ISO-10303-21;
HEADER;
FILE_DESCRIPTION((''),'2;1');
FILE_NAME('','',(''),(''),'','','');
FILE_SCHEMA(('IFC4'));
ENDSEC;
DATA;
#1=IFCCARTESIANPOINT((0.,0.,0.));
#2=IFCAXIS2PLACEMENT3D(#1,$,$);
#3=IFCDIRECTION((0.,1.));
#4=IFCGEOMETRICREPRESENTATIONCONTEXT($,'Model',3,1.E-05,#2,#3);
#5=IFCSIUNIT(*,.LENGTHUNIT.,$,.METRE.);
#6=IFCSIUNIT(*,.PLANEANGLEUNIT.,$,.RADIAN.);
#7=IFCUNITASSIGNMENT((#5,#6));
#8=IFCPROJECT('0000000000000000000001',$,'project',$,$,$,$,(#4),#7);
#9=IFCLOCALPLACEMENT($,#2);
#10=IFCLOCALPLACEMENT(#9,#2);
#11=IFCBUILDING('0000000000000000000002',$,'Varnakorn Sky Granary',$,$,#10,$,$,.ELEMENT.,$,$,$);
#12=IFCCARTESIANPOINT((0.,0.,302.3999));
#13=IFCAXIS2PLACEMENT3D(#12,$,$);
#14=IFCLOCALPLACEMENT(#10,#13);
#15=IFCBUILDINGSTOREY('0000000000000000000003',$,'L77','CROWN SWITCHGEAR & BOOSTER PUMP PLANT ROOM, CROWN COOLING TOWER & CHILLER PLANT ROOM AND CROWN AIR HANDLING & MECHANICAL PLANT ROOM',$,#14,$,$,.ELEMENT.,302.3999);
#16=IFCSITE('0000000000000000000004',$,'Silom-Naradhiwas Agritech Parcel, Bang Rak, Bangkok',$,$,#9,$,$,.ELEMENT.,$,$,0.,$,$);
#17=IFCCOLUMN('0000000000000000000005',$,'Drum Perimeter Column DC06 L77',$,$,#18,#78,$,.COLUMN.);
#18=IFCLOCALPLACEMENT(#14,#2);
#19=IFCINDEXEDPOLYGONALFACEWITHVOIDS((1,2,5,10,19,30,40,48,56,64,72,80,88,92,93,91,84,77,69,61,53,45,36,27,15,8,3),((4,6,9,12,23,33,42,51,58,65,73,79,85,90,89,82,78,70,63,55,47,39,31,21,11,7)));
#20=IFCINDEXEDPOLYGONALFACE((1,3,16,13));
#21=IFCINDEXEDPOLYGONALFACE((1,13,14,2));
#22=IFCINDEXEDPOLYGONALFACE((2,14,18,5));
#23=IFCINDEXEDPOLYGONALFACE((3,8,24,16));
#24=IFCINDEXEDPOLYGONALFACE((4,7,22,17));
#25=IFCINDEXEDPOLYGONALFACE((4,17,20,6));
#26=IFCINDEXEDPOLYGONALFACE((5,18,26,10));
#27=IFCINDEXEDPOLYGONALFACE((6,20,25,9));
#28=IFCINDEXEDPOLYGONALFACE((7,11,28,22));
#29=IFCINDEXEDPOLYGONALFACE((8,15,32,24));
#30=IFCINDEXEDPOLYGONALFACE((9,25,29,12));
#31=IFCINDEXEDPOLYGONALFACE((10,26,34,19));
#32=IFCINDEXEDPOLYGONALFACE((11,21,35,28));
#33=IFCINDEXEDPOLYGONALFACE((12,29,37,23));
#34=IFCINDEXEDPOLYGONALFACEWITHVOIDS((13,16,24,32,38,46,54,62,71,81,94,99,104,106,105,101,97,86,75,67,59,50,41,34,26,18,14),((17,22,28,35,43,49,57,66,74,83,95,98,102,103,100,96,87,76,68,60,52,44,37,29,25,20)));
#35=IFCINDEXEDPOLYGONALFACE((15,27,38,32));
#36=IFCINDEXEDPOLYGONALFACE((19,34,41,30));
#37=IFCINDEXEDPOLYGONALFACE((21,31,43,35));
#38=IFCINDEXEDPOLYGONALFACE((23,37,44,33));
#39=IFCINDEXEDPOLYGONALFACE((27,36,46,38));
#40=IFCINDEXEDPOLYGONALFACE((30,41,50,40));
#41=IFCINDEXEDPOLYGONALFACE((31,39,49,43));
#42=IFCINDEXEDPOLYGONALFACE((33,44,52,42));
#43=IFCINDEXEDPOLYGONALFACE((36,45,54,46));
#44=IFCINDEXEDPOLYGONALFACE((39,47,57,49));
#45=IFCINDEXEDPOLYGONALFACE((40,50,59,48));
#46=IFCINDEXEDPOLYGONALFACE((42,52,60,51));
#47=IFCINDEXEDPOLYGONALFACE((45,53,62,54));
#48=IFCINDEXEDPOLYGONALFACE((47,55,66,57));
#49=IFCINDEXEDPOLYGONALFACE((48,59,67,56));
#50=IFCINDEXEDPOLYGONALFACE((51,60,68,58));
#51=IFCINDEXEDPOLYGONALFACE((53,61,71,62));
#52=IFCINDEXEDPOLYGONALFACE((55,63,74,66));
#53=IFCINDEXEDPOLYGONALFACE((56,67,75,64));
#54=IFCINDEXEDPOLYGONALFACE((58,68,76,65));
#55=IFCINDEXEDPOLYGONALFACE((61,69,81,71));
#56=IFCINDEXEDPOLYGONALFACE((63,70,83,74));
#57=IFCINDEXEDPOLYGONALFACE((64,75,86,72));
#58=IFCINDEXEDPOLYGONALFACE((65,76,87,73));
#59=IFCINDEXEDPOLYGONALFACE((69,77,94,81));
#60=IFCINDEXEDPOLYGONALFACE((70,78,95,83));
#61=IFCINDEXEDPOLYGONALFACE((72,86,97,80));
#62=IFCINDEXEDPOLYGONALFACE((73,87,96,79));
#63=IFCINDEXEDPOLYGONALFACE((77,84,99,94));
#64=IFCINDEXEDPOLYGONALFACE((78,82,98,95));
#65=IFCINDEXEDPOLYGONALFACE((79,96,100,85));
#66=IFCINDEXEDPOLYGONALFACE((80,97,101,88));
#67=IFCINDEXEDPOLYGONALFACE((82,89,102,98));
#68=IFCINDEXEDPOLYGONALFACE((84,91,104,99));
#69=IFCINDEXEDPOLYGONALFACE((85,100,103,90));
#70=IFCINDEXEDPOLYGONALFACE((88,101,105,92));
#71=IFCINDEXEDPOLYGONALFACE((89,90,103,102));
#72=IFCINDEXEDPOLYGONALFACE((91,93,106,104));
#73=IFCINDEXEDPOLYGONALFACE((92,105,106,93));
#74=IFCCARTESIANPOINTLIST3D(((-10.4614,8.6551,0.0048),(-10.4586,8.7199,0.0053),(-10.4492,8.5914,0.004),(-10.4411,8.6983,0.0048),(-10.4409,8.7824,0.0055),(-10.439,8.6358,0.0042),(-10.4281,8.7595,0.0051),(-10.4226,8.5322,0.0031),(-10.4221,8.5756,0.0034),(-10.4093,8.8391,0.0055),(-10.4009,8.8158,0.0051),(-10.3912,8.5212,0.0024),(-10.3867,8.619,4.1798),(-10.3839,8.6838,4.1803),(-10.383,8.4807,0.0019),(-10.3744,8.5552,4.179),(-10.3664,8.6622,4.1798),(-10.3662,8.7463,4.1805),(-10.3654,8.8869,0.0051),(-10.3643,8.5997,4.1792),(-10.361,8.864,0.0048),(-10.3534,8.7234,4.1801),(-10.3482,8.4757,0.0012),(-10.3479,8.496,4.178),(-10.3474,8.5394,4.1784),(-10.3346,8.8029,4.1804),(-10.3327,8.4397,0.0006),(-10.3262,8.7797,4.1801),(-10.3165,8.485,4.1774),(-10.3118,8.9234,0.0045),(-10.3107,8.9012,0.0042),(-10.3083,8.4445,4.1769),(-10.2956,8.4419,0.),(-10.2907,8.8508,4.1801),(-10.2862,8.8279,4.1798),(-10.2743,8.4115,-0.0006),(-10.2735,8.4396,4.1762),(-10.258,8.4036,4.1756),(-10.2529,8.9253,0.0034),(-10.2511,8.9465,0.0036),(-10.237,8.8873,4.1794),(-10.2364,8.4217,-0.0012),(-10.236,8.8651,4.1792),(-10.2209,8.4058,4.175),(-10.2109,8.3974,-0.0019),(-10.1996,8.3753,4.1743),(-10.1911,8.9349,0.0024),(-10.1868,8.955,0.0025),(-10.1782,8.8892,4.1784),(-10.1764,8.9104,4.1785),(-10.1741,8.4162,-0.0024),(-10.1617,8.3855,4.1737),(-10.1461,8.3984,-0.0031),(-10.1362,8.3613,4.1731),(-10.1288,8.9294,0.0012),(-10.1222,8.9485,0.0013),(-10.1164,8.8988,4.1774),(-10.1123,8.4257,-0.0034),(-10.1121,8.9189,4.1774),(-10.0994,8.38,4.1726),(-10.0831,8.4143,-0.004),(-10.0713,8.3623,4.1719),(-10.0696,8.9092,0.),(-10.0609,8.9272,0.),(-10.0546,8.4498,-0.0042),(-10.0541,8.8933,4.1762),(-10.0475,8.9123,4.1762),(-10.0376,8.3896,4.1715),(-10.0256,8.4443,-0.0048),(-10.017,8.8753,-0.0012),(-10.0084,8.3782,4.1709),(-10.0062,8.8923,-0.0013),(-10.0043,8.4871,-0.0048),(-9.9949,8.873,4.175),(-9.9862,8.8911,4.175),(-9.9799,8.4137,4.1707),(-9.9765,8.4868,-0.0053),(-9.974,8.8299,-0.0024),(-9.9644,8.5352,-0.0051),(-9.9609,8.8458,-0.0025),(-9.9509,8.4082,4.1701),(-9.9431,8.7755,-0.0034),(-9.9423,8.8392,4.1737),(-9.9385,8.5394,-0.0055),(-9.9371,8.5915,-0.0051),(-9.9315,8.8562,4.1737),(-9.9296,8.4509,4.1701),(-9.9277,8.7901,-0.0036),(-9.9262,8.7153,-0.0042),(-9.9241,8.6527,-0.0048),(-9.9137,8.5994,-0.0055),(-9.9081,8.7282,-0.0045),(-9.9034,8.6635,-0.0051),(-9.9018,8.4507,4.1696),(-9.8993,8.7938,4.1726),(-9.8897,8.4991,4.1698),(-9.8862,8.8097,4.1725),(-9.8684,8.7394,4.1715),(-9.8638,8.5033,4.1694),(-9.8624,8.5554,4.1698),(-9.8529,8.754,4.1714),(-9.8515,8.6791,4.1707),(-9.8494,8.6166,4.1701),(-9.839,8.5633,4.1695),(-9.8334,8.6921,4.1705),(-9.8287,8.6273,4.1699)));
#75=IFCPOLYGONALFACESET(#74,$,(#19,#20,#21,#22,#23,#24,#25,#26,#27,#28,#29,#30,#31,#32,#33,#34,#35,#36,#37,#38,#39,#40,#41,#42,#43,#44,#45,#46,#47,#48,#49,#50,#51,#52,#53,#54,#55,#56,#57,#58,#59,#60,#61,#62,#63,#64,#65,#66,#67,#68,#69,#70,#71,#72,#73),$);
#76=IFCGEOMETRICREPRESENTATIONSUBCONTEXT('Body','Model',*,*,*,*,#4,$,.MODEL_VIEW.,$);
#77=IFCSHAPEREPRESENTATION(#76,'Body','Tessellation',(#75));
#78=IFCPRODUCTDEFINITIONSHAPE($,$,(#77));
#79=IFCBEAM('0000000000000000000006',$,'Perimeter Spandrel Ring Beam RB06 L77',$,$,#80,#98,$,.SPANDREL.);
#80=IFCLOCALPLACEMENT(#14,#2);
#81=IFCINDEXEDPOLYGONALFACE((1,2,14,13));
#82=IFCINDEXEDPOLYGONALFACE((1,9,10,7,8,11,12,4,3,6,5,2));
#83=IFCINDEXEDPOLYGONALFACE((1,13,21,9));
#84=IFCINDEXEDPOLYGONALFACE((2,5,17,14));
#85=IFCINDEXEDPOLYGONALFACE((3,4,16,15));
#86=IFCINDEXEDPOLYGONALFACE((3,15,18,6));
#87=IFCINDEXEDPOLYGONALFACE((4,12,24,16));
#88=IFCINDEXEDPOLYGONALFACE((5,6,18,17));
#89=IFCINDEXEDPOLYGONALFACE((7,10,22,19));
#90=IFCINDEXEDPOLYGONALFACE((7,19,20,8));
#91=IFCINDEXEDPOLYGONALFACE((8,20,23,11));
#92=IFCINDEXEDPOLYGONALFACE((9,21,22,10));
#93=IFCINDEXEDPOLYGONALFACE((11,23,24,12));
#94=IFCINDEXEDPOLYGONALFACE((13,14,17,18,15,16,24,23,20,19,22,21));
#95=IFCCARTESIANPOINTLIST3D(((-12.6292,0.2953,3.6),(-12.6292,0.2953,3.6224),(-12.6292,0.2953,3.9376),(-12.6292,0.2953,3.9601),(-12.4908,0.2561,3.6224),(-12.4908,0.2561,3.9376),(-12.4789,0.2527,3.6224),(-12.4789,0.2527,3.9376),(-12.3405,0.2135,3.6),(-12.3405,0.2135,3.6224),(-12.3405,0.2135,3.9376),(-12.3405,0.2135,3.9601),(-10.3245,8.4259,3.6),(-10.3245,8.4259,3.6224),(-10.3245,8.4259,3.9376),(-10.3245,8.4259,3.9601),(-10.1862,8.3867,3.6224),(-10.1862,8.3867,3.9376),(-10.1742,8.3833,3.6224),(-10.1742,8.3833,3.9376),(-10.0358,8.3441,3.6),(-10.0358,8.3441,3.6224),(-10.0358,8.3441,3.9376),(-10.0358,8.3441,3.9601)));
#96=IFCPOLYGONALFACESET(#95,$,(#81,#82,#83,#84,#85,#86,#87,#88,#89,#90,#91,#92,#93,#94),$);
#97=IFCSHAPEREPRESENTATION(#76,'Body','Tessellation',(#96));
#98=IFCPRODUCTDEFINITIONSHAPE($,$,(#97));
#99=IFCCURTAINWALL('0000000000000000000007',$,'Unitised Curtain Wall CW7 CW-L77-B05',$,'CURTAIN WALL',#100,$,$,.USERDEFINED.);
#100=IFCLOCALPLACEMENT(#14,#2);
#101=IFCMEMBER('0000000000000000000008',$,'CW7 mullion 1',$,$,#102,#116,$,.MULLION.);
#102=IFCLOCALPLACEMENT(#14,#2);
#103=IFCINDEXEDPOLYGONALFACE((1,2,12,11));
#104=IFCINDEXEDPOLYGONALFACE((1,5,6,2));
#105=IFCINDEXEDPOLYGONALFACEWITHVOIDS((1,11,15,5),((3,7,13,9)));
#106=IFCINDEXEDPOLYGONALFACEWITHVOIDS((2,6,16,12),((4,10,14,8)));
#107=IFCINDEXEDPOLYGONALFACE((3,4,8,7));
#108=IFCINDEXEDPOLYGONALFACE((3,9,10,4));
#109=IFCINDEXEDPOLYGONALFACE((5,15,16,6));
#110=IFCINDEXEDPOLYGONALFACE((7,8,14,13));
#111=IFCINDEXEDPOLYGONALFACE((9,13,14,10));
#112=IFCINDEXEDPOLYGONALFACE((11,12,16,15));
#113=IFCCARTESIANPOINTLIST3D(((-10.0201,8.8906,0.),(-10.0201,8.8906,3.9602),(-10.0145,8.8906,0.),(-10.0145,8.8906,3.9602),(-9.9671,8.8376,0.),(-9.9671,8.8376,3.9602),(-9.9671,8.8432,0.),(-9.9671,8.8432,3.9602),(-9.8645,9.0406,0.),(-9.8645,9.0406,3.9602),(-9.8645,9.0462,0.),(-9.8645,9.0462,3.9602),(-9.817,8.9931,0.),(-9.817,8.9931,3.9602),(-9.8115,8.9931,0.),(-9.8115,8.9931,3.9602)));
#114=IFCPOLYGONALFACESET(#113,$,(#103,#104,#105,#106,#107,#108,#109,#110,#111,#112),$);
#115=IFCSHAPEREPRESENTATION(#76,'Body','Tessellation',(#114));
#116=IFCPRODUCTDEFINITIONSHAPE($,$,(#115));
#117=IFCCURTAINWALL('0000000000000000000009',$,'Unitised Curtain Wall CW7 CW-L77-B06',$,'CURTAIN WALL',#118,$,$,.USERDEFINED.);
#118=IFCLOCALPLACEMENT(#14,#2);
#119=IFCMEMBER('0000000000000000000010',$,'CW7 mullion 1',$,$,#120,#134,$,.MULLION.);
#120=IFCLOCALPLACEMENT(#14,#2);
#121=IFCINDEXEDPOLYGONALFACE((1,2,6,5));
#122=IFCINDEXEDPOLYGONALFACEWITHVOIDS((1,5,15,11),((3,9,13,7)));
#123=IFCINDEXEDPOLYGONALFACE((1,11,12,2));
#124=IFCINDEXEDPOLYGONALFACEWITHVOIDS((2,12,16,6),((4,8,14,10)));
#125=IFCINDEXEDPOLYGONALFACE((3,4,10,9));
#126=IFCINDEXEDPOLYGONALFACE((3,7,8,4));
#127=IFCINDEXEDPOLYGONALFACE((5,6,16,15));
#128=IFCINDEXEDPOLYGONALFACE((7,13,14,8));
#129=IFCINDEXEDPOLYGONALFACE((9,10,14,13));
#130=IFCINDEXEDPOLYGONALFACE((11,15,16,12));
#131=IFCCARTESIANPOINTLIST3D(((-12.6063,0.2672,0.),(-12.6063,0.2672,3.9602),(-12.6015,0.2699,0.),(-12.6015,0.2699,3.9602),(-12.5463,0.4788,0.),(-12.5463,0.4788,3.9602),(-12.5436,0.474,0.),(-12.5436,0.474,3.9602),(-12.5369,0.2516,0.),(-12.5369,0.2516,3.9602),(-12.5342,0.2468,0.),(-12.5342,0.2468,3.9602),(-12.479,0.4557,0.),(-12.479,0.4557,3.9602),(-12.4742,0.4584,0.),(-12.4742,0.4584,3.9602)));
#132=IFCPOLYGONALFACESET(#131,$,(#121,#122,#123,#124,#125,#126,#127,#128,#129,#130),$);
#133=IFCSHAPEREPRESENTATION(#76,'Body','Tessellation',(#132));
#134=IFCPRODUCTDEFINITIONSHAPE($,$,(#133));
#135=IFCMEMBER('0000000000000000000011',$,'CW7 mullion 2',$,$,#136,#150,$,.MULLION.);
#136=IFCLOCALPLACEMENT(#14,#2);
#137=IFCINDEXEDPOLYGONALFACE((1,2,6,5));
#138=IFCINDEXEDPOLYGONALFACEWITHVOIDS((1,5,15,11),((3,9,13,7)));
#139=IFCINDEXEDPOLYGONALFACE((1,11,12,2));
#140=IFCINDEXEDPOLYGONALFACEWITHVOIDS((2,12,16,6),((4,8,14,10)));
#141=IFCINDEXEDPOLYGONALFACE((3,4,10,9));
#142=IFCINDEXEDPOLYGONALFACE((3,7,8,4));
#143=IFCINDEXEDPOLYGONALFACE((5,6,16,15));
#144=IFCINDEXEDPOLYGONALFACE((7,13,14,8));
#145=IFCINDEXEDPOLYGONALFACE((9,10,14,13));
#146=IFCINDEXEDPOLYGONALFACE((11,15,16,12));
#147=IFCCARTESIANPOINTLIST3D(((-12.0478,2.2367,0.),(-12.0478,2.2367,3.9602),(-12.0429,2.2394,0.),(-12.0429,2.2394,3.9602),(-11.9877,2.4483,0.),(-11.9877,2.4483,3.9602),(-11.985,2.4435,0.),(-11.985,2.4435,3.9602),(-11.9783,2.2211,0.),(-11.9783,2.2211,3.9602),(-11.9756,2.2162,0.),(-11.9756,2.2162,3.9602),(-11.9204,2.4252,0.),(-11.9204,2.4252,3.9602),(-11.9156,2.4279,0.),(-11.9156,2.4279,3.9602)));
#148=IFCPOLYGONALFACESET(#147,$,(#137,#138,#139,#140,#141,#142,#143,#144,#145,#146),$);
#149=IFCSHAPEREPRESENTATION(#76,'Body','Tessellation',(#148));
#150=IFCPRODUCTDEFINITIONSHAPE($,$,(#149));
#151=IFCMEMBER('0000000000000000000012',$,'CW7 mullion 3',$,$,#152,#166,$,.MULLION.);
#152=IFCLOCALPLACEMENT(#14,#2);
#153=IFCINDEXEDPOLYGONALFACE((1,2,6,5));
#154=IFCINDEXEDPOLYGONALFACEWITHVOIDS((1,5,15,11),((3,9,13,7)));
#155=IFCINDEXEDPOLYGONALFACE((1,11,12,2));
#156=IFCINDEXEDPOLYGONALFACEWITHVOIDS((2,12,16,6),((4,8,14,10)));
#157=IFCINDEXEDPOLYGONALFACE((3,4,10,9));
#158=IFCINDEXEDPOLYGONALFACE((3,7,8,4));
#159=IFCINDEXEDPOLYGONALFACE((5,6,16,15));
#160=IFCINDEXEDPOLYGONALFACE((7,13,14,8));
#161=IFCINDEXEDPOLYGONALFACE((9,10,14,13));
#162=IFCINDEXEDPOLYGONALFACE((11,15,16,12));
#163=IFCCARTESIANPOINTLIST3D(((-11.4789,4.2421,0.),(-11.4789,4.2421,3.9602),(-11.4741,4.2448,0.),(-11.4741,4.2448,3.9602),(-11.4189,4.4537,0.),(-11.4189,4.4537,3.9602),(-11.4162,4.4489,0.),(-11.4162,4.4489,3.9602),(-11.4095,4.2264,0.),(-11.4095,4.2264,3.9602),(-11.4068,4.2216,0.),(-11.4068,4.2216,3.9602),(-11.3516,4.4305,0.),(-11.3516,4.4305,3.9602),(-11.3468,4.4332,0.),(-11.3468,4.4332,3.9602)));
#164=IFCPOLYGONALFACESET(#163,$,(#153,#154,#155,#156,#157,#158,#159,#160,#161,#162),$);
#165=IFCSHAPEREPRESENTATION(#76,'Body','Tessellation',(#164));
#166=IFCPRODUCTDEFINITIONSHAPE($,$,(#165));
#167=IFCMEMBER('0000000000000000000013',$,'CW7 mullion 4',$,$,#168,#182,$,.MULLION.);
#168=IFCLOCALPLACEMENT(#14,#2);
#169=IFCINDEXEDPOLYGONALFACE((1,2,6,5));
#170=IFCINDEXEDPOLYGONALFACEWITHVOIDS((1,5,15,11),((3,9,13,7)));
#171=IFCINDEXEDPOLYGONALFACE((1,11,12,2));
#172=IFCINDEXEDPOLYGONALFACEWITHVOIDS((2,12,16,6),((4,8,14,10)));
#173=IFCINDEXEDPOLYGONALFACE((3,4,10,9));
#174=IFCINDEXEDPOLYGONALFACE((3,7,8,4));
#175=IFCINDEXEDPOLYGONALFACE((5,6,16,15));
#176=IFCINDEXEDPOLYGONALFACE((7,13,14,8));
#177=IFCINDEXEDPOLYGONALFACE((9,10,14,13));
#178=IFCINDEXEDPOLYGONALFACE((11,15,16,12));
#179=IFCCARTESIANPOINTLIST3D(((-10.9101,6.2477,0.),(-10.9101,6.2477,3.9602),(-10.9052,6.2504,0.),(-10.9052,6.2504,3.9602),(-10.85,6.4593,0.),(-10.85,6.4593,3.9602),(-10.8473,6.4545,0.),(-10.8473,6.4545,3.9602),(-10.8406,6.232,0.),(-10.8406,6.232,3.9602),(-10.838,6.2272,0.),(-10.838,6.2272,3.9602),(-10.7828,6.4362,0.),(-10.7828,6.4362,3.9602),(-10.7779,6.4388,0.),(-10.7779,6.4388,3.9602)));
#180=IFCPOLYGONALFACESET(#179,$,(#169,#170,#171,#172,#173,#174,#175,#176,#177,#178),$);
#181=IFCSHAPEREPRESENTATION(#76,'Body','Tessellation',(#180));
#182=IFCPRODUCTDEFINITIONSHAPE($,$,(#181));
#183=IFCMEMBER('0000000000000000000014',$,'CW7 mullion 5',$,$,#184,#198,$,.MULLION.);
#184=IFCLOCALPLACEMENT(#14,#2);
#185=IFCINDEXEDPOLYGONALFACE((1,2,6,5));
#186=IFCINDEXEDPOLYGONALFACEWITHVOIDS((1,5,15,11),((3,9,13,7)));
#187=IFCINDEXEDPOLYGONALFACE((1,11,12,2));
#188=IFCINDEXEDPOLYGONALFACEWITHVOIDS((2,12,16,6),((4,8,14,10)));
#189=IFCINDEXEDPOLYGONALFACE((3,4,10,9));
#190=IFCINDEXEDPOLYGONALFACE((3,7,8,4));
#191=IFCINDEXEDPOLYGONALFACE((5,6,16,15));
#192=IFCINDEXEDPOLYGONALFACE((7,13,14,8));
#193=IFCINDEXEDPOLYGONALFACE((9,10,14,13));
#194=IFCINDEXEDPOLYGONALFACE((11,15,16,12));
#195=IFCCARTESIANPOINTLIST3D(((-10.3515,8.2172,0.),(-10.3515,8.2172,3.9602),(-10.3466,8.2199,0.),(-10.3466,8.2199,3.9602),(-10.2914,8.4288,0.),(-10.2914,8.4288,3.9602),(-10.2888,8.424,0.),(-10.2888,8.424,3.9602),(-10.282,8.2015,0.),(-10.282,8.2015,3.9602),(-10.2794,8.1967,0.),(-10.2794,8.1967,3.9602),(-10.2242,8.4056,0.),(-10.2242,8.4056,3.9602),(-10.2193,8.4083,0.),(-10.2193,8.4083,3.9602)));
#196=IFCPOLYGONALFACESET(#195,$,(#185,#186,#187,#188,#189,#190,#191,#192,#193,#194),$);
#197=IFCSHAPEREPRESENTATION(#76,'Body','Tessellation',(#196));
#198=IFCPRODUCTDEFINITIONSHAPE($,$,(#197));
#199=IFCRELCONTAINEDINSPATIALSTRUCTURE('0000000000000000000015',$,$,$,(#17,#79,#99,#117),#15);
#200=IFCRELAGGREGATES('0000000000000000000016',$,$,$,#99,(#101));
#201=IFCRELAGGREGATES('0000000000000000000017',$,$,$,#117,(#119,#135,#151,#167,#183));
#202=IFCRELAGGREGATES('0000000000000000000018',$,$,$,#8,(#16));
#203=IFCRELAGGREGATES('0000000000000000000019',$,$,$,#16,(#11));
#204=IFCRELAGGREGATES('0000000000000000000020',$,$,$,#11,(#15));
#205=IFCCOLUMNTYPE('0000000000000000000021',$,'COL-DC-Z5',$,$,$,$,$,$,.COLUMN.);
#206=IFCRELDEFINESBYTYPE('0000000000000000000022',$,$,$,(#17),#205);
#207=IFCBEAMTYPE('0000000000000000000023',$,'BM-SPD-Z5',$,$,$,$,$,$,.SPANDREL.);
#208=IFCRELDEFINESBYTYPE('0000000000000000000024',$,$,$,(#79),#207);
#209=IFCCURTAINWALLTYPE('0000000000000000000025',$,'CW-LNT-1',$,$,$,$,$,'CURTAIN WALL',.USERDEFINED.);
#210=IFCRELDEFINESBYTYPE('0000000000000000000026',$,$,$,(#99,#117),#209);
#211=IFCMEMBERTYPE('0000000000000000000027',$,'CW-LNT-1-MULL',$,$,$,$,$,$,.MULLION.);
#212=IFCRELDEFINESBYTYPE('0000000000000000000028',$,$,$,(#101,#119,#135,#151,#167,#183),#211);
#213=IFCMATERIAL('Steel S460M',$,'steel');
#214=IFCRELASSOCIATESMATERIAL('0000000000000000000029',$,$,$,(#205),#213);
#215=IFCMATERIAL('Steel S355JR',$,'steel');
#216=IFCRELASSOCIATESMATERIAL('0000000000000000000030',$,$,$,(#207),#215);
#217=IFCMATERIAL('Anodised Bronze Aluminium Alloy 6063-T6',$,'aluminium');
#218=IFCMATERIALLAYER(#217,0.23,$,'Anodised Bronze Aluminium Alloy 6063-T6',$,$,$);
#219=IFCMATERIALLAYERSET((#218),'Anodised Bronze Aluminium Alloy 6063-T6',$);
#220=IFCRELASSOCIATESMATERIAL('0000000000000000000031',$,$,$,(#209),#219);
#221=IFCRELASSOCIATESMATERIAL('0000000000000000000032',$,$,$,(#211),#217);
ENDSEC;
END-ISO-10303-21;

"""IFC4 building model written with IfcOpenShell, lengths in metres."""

from ifc_helpers import new_model, si_unit, direction, frame, origin, origin_2d, place, context, subcontext, project, spatial, hollow_rectangle, hollow_circle, i_section, extrude, material, layer, layer_set, material_profile, profile_set, type_object, element, aggregate, save


model = new_model("IFC4")

# Units and contexts
model_context = context("Model", 3, precision=1e-05, world=origin(), true_north=direction((0.0, 1.0)))
body_context = subcontext(model_context, "Body", "Model", "MODEL_VIEW")
ifc_project = project(units=[si_unit("LENGTHUNIT", "METRE"), si_unit("PLANEANGLEUNIT", "RADIAN")], contexts=[model_context])

# Site, building, storey
site_placement = place(None, origin())
site = spatial("IfcSite", under=ifc_project, at=site_placement, Name="Silom-Naradhiwas Agritech Parcel, Bang Rak, Bangkok", CompositionType="ELEMENT", RefElevation=0.0)
building_placement = place(site_placement, origin())
building = spatial("IfcBuilding", under=site, at=building_placement, Name="Varnakorn Sky Granary", CompositionType="ELEMENT")
storey_placement = place(building_placement, frame((0.0, 0.0, 302.3999)))
storey = spatial("IfcBuildingStorey", under=building, at=storey_placement, Name="L77", Description="CROWN SWITCHGEAR & BOOSTER PUMP PLANT ROOM, CROWN COOLING TOWER & CHILLER PLANT ROOM AND CROWN AIR HANDLING & MECHANICAL PLANT ROOM", CompositionType="ELEMENT", Elevation=302.3999)

# Column
ifc_material_1 = material(Name="Steel S460M", Category="steel")
ifc_material_profile_1 = material_profile(ifc_material_1, hollow_circle(Radius=0.2795, WallThickness=0.02, at=origin_2d()), Name="CHS 559x20")
ifc_profile_set_1 = profile_set([ifc_material_profile_1], Name="Steel S460M")
column_type = type_object("IfcColumnType", Name="COL-DC-Z5", PredefinedType="COLUMN", material=ifc_profile_set_1)
column_placement = place(storey_placement, frame((-10.1826, 8.6755, 0.0), z_axis=(0.01789, -0.008653, 0.999803), x_axis=(0.435407, 0.900234, 0.0)))
element("IfcColumn", 1, at=column_placement, inside=storey, type_object=column_type, Name="Drum Perimeter Column DC06 L77", PredefinedType="COLUMN", context=body_context, shape_type="SweptSolid", body=[
    extrude(hollow_circle(Radius=0.2795, WallThickness=0.02, at=origin_2d()), origin(), (0.0, 0.0, 1.0), 4.1758),
])

# Beam
ifc_material_2 = material(Name="Steel S355JR", Category="steel")
ifc_material_profile_2 = material_profile(ifc_material_2, i_section(OverallWidth=0.3, OverallDepth=0.3601, WebThickness=0.0125, FlangeThickness=0.0225, at=origin_2d()), Name="HE 360 B")
ifc_profile_set_2 = profile_set([ifc_material_profile_2], Name="Steel S355JR")
beam_type = type_object("IfcBeamType", Name="BM-SPD-Z5", PredefinedType="SPANDREL", material=ifc_profile_set_2)
beam_placement = place(storey_placement, frame((-10.1802, 8.385, 3.78), z_axis=(-0.272714, -0.962095, 0.0), x_axis=(0.962095, -0.272714, 0.0)))
element("IfcBeam", 2, at=beam_placement, inside=storey, type_object=beam_type, Name="Perimeter Spandrel Ring Beam RB06 L77", PredefinedType="SPANDREL", context=body_context, shape_type="SweptSolid", body=[
    extrude(i_section(OverallWidth=0.3, OverallDepth=0.3601, WebThickness=0.0125, FlangeThickness=0.0225, at=origin_2d()), origin(), (0.0, 0.0, 1.0), 8.4509),
])

# Curtain wall, member
ifc_material_3 = material(Name="Anodised Bronze Aluminium Alloy 6063-T6", Category="aluminium")
ifc_layer_1 = layer(ifc_material_3, 0.23, Name="Anodised Bronze Aluminium Alloy 6063-T6")
ifc_layer_set_1 = layer_set([ifc_layer_1], Name="Anodised Bronze Aluminium Alloy 6063-T6")
curtain_wall_type = type_object("IfcCurtainWallType", Name="CW-LNT-1", ElementType="CURTAIN WALL", PredefinedType="USERDEFINED", material=ifc_layer_set_1)
curtain_wall_1_placement = place(storey_placement, origin())
curtain_wall_1 = element("IfcCurtainWall", 3, at=curtain_wall_1_placement, inside=storey, type_object=curtain_wall_type, Name="Unitised Curtain Wall CW7 CW-L77-B05", ObjectType="CURTAIN WALL", PredefinedType="USERDEFINED")
ifc_material_profile_3 = material_profile(ifc_material_3, hollow_rectangle(XDim=0.075, YDim=0.22, WallThickness=0.0039, at=origin_2d()), Name="ALU MULL 75x220")
ifc_profile_set_3 = profile_set([ifc_material_profile_3], Name="Anodised Bronze Aluminium Alloy 6063-T6")
member_type_1 = type_object("IfcMemberType", Name="CW-LNT-1-MULL", PredefinedType="MULLION", material=ifc_profile_set_3)
member_1_placement = place(storey_placement, frame((-9.9158, 8.9419, 0.0), z_axis=(0.0, 0.0, 1.0), x_axis=(-0.706962, 0.707251, 0.0)))
member_1 = element("IfcMember", 4, at=member_1_placement, type_object=member_type_1, Name="CW7 mullion 1", PredefinedType="MULLION", context=body_context, shape_type="SweptSolid", body=[
    extrude(hollow_rectangle(XDim=0.075, YDim=0.22, WallThickness=0.0039, at=origin_2d()), origin(), (0.0, 0.0, 1.0), 3.9602),
])
aggregate(curtain_wall_1, [member_1])

# Curtain wall, members
curtain_wall_2_placement = place(storey_placement, origin())
curtain_wall_2 = element("IfcCurtainWall", 5, at=curtain_wall_2_placement, inside=storey, type_object=curtain_wall_type, Name="Unitised Curtain Wall CW7 CW-L77-B06", ObjectType="CURTAIN WALL", PredefinedType="USERDEFINED")
member_2_placement = place(storey_placement, frame((-12.5403, 0.3628, 0.0), z_axis=(0.0, 0.0, 1.0), x_axis=(-0.962054, 0.27286, 0.0)))
member_2 = element("IfcMember", 6, at=member_2_placement, type_object=member_type_1, Name="CW7 mullion 1", PredefinedType="MULLION", context=body_context, shape_type="SweptSolid", body=[
    extrude(hollow_rectangle(XDim=0.075, YDim=0.22, WallThickness=0.0039, at=origin_2d()), origin(), (0.0, 0.0, 1.0), 3.9602),
])
member_3_placement = place(storey_placement, frame((-11.9817, 2.3323, 0.0), z_axis=(0.0, 0.0, 1.0), x_axis=(-0.962054, 0.27286, 0.0)))
member_3 = element("IfcMember", 7, at=member_3_placement, type_object=member_type_1, Name="CW7 mullion 2", PredefinedType="MULLION", context=body_context, shape_type="SweptSolid", body=[
    extrude(hollow_rectangle(XDim=0.075, YDim=0.22, WallThickness=0.0039, at=origin_2d()), origin(), (0.0, 0.0, 1.0), 3.9602),
])
member_4_placement = place(storey_placement, frame((-11.4128, 4.3376, 0.0), z_axis=(0.0, 0.0, 1.0), x_axis=(-0.962054, 0.27286, 0.0)))
member_4 = element("IfcMember", 8, at=member_4_placement, type_object=member_type_1, Name="CW7 mullion 3", PredefinedType="MULLION", context=body_context, shape_type="SweptSolid", body=[
    extrude(hollow_rectangle(XDim=0.075, YDim=0.22, WallThickness=0.0039, at=origin_2d()), origin(), (0.0, 0.0, 1.0), 3.9602),
])
member_5_placement = place(storey_placement, frame((-10.844, 6.3433, 0.0), z_axis=(0.0, 0.0, 1.0), x_axis=(-0.962054, 0.27286, 0.0)))
member_5 = element("IfcMember", 9, at=member_5_placement, type_object=member_type_1, Name="CW7 mullion 4", PredefinedType="MULLION", context=body_context, shape_type="SweptSolid", body=[
    extrude(hollow_rectangle(XDim=0.075, YDim=0.22, WallThickness=0.0039, at=origin_2d()), origin(), (0.0, 0.0, 1.0), 3.9602),
])
member_6_placement = place(storey_placement, frame((-10.2854, 8.3127, 0.0), z_axis=(0.0, 0.0, 1.0), x_axis=(-0.962054, 0.27286, 0.0)))
member_6 = element("IfcMember", 10, at=member_6_placement, type_object=member_type_1, Name="CW7 mullion 5", PredefinedType="MULLION", context=body_context, shape_type="SweptSolid", body=[
    extrude(hollow_rectangle(XDim=0.075, YDim=0.22, WallThickness=0.0039, at=origin_2d()), origin(), (0.0, 0.0, 1.0), 3.9602),
])

aggregate(curtain_wall_2, [member_2, member_3, member_4, member_5, member_6])

save(model, "model.ifc")
